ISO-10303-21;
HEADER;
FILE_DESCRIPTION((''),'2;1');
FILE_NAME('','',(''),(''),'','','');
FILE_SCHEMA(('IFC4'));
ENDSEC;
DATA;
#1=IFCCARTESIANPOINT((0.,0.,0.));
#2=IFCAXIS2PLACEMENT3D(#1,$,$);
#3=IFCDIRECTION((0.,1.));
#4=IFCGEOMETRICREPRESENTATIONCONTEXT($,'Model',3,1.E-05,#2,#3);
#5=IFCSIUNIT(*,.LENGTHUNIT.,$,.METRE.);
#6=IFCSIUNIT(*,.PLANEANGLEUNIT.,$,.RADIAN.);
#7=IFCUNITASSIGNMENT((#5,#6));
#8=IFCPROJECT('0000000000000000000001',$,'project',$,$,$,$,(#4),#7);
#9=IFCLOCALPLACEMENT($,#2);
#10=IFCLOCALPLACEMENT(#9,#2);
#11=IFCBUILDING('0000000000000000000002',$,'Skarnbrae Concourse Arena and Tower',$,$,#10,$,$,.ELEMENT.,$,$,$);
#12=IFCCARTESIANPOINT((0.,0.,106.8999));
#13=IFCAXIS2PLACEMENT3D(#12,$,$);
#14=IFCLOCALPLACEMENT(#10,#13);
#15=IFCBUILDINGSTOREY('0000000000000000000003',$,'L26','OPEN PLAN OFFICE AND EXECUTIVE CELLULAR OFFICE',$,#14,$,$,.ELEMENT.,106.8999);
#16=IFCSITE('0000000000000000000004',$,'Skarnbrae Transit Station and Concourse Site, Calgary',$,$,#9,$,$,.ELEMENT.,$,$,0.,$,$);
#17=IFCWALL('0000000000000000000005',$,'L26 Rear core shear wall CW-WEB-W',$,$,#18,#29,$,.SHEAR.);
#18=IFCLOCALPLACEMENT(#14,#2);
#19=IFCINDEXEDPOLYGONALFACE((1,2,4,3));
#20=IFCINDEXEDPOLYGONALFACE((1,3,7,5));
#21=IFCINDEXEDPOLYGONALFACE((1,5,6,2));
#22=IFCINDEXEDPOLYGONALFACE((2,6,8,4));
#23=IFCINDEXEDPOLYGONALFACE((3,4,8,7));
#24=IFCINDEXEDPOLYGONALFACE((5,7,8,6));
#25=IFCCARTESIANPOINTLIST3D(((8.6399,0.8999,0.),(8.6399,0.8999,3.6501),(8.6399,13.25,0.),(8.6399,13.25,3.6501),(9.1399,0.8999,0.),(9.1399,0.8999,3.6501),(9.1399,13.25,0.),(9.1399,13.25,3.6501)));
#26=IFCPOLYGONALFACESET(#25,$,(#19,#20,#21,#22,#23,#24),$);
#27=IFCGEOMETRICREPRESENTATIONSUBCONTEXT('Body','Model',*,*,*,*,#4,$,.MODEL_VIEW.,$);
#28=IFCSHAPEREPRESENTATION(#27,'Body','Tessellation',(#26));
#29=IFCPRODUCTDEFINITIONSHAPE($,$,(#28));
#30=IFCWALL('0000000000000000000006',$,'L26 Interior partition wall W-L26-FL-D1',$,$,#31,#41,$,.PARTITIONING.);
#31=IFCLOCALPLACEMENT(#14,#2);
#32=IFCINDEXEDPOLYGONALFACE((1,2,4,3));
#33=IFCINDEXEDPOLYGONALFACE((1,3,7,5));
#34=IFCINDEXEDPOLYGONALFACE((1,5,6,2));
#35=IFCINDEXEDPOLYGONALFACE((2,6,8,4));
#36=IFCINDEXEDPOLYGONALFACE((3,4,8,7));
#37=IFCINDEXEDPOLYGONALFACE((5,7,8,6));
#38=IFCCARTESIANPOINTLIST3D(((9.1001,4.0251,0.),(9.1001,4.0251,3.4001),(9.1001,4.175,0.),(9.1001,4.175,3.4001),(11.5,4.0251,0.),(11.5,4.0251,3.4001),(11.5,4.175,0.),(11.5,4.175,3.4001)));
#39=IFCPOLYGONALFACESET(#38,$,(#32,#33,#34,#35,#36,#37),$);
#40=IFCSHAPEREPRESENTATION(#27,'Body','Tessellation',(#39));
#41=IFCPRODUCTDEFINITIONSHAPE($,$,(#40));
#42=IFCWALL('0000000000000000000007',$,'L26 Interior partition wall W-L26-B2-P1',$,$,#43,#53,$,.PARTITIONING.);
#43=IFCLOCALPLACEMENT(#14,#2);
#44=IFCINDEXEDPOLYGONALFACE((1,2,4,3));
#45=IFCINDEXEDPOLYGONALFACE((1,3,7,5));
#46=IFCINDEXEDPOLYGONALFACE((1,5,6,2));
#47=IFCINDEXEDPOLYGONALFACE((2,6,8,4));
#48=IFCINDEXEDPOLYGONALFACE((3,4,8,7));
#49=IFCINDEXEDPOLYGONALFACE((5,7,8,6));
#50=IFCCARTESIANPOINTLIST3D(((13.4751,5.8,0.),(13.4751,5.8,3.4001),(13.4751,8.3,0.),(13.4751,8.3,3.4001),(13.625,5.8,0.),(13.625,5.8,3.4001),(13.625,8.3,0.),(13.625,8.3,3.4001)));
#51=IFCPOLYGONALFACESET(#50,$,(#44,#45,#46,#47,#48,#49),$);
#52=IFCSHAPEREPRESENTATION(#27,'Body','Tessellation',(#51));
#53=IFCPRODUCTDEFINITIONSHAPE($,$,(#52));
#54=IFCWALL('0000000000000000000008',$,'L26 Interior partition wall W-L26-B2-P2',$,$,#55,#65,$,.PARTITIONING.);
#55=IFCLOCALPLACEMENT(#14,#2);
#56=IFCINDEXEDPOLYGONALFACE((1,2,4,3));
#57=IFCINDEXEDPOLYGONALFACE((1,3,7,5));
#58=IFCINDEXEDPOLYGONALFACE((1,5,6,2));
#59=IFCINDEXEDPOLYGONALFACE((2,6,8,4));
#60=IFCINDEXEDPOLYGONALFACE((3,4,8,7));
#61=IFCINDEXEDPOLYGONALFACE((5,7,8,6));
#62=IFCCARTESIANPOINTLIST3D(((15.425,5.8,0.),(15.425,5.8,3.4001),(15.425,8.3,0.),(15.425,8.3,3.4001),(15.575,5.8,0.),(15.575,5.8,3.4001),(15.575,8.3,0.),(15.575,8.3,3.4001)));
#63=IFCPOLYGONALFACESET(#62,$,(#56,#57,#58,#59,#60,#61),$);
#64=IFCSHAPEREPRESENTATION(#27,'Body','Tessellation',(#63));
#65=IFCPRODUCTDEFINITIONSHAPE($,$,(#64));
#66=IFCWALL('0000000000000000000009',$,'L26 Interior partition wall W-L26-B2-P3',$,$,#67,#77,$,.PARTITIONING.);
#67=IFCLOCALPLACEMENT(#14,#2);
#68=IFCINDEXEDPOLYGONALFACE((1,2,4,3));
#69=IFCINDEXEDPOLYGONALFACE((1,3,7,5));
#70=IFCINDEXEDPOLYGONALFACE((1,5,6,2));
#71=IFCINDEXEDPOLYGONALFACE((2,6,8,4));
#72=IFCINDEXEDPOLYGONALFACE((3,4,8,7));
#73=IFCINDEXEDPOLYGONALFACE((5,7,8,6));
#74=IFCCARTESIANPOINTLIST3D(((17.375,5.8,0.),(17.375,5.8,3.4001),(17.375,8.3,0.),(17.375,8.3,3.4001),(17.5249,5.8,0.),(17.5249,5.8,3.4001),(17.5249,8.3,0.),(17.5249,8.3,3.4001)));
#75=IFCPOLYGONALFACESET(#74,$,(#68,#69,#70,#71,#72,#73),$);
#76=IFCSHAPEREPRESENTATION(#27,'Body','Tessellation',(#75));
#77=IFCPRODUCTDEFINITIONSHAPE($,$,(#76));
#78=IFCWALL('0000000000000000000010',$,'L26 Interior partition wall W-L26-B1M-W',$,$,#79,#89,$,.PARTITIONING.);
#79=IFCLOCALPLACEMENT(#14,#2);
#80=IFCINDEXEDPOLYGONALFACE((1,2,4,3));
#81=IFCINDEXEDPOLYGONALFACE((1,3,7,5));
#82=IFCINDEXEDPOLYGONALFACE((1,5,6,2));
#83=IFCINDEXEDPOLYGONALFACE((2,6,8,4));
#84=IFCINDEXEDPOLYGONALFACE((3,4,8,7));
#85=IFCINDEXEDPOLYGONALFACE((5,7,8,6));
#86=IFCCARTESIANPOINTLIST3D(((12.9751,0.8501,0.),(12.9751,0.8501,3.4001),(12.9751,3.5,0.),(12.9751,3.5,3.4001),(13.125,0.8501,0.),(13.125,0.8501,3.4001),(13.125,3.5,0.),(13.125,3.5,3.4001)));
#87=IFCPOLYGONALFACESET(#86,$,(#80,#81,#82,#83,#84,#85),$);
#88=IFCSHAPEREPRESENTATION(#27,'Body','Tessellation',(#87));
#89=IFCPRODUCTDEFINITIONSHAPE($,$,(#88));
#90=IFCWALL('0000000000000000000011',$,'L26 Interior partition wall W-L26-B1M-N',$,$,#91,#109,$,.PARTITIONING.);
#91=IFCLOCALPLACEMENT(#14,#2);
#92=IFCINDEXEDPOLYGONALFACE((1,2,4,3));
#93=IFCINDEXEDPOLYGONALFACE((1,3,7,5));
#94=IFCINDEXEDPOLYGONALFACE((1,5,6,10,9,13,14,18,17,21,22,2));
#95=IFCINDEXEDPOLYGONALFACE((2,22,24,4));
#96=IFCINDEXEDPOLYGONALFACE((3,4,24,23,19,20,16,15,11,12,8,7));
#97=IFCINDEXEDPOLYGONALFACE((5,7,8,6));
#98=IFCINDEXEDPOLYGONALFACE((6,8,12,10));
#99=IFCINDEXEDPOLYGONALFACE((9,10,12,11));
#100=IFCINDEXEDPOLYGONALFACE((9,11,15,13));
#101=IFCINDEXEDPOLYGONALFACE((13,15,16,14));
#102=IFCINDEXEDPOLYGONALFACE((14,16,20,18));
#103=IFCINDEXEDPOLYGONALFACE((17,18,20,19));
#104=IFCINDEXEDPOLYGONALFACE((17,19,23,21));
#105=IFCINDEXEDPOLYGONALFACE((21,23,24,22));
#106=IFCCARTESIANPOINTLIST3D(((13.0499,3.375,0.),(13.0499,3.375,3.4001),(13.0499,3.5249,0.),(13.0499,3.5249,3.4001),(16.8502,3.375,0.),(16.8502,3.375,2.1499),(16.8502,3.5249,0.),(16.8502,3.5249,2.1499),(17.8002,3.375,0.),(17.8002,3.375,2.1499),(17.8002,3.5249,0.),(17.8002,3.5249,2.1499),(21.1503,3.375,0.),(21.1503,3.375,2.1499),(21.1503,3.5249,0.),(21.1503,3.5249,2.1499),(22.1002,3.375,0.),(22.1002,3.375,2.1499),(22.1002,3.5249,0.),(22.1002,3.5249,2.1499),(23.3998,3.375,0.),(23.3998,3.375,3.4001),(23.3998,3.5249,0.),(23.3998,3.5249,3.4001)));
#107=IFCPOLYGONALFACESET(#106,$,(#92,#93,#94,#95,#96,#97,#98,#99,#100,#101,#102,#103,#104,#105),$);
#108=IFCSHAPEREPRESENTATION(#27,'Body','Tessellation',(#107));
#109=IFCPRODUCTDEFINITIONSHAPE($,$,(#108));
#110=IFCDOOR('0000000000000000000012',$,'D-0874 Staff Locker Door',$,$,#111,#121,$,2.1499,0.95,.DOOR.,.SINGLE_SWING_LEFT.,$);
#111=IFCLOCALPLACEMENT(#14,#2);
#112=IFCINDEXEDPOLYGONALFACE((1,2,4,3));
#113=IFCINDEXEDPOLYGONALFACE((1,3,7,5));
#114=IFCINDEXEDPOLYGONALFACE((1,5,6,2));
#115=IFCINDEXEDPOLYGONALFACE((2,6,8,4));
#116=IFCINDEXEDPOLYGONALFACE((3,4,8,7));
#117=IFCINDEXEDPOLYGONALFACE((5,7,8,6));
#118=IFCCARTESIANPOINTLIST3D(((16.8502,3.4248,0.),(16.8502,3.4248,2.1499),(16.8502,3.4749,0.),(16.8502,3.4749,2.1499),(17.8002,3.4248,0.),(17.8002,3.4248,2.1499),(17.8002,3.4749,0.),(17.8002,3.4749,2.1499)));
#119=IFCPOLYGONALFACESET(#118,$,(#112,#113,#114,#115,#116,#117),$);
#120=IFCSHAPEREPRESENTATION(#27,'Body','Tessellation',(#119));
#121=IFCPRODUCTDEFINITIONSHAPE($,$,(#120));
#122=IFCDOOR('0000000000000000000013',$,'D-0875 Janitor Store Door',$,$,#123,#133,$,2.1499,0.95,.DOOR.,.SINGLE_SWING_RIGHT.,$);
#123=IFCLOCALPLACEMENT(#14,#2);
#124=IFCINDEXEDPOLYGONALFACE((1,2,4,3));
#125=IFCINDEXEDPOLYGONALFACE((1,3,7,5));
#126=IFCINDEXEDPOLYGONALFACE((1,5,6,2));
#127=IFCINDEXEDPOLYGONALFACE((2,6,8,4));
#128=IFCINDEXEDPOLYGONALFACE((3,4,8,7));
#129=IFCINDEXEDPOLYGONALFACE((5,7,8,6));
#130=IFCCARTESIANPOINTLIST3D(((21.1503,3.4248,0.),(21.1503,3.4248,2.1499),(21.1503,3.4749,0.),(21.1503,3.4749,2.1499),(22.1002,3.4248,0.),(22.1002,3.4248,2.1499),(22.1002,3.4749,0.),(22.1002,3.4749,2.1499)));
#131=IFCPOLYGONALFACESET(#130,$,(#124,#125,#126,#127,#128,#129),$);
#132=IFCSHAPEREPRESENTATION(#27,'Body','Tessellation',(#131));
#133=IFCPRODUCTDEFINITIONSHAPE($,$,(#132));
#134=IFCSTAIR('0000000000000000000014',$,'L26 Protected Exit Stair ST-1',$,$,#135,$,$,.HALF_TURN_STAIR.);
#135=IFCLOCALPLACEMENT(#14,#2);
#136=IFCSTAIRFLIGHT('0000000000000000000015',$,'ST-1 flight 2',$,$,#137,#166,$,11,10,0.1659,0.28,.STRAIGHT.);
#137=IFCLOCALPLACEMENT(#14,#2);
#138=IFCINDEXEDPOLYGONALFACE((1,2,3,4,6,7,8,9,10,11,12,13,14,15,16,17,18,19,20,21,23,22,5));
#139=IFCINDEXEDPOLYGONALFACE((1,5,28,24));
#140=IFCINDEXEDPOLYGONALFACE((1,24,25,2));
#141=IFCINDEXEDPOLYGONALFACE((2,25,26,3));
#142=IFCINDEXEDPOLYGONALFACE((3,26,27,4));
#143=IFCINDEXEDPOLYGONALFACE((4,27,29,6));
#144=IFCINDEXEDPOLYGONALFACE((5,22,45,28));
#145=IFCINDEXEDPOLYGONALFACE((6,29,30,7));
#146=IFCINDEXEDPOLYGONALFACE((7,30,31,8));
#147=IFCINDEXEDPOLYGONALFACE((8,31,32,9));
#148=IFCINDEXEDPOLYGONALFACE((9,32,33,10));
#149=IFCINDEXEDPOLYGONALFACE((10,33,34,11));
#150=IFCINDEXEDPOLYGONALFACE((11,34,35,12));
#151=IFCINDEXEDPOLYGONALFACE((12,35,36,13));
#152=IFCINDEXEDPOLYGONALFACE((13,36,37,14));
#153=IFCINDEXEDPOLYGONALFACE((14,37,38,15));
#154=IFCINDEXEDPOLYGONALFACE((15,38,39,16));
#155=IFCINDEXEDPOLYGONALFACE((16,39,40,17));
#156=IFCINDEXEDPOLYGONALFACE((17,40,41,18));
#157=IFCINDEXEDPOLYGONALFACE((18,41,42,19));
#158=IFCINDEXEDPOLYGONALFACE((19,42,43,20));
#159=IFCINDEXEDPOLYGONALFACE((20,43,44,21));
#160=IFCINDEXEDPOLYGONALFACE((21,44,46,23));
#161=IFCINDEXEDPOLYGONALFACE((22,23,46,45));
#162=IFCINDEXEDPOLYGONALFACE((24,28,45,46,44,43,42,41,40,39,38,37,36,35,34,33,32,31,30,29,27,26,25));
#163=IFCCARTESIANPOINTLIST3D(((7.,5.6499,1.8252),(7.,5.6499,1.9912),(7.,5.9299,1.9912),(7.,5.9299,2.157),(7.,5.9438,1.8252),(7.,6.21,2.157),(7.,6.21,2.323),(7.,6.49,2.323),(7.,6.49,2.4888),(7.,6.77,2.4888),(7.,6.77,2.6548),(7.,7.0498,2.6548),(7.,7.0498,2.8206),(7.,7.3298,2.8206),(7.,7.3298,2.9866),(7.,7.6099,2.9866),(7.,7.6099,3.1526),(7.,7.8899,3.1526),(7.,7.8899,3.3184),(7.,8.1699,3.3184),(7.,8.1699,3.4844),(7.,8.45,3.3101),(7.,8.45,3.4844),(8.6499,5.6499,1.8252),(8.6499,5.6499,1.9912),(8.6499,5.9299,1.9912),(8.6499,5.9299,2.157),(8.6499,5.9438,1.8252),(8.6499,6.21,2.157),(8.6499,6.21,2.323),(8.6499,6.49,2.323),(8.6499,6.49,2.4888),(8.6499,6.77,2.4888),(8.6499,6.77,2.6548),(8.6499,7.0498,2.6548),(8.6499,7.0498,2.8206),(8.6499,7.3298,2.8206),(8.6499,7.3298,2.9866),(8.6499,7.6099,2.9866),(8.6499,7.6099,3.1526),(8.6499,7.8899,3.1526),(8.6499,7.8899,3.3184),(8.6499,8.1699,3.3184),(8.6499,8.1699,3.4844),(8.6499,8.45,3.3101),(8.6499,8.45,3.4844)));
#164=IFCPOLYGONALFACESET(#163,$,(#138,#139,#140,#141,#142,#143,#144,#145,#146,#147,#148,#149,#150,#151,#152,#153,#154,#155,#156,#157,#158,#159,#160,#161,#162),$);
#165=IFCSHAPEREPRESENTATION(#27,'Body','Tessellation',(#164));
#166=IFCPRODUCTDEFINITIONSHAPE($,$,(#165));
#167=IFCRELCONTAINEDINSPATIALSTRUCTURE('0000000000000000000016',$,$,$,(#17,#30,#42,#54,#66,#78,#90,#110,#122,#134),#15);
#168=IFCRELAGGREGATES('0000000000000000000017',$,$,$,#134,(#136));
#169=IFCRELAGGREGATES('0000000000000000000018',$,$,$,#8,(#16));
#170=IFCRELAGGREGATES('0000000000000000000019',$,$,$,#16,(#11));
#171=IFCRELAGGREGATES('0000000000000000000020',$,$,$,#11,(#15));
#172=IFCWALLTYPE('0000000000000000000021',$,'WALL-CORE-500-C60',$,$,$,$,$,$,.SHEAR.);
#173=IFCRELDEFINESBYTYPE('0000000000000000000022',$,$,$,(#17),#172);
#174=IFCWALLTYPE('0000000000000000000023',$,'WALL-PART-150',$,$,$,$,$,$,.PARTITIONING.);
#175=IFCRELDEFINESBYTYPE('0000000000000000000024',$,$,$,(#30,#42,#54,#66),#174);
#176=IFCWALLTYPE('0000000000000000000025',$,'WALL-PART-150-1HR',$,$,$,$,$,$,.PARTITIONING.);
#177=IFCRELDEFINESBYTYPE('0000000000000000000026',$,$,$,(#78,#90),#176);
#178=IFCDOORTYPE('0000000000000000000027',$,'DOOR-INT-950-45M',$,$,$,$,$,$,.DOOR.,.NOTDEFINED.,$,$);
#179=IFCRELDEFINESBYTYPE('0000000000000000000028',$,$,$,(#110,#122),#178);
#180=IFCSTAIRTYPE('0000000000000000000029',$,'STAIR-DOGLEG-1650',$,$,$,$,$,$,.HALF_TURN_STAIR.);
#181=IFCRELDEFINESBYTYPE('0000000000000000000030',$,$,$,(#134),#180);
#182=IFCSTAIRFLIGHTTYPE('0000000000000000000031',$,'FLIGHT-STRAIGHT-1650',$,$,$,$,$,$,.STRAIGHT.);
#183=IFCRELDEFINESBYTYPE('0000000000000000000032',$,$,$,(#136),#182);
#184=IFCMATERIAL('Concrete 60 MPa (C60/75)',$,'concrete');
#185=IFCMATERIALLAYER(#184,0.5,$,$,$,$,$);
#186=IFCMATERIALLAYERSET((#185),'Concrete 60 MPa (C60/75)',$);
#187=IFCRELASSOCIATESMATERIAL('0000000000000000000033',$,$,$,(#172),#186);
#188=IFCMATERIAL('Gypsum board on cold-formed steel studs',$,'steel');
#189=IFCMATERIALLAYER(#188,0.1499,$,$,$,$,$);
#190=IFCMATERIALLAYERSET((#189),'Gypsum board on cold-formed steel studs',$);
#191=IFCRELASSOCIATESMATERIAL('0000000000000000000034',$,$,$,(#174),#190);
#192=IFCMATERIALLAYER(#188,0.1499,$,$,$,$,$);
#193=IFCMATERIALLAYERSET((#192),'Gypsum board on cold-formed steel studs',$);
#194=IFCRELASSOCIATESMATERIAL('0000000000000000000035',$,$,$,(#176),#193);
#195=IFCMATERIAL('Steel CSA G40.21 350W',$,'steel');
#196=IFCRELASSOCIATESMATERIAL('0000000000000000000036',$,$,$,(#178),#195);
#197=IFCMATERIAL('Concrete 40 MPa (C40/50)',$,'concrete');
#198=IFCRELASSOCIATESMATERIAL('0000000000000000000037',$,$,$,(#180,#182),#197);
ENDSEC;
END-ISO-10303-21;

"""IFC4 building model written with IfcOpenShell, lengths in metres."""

from ifc_helpers import new_model, si_unit, direction, frame, frame_2d, origin, place, context, subcontext, project, spatial, polyline, rectangle, outline, extrude, source, transform, mapped, material, layer, layer_set, type_object, element, fill, aggregate, save


model = new_model("IFC4")

# Units and contexts
model_context = context("Model", 3, precision=1e-05, world=origin(), true_north=direction((0.0, 1.0)))
body_context = subcontext(model_context, "Body", "Model", "MODEL_VIEW")
ifc_project = project(units=[si_unit("LENGTHUNIT", "METRE"), si_unit("PLANEANGLEUNIT", "RADIAN")], contexts=[model_context])

# Site, building, storey
site_placement = place(None, origin())
site = spatial("IfcSite", under=ifc_project, at=site_placement, Name="Skarnbrae Transit Station and Concourse Site, Calgary", CompositionType="ELEMENT", RefElevation=0.0)
building_placement = place(site_placement, origin())
building = spatial("IfcBuilding", under=site, at=building_placement, Name="Skarnbrae Concourse Arena and Tower", CompositionType="ELEMENT")
storey_placement = place(building_placement, frame((0.0, 0.0, 106.8999)))
storey = spatial("IfcBuildingStorey", under=building, at=storey_placement, Name="L26", Description="OPEN PLAN OFFICE AND EXECUTIVE CELLULAR OFFICE", CompositionType="ELEMENT", Elevation=106.8999)

# Wall
ifc_material_1 = material(Name="Concrete 60 MPa (C60/75)", Category="concrete")
ifc_layer_1 = layer(ifc_material_1, 0.5)
ifc_layer_set_1 = layer_set([ifc_layer_1], Name="Concrete 60 MPa (C60/75)")
wall_type_1 = type_object("IfcWallType", Name="WALL-CORE-500-C60", PredefinedType="SHEAR", material=ifc_layer_set_1)
shared_shape_1 = source(origin(), body_context, "Body", "SweptSolid", [
    extrude(rectangle(XDim=12.3501, YDim=0.5, at=frame_2d((6.175, 0.0))), origin(), (0.0, 0.0, 1.0), 3.6501),
])
wall_1_placement = place(storey_placement, frame((8.8899, 0.8999, 0.0), z_axis=(0.0, 0.0, 1.0), x_axis=(0.0, 1.0, 0.0)))
element("IfcWall", 1, at=wall_1_placement, inside=storey, type_object=wall_type_1, Name="L26 Rear core shear wall CW-WEB-W", PredefinedType="SHEAR", context=body_context, shape_type="MappedRepresentation", body=[
    mapped(shared_shape_1, transform((0.0, 0.0, 0.0))),
])

# Shared definitions
ifc_material_2 = material(Name="Gypsum board on cold-formed steel studs", Category="steel")
ifc_material_3 = material(Name="Steel CSA G40.21 350W", Category="steel")

# Wall
ifc_layer_2 = layer(ifc_material_2, 0.1499)
ifc_layer_set_2 = layer_set([ifc_layer_2], Name="Gypsum board on cold-formed steel studs")
wall_type_2 = type_object("IfcWallType", Name="WALL-PART-150", PredefinedType="PARTITIONING", material=ifc_layer_set_2)
shared_shape_2 = source(origin(), body_context, "Body", "SweptSolid", [
    extrude(rectangle(XDim=2.3999, YDim=0.1499, at=frame_2d((1.2, 0.0))), origin(), (0.0, 0.0, 1.0), 3.4001),
])
wall_2_placement = place(storey_placement, frame((9.1001, 4.1001, 0.0), z_axis=(0.0, 0.0, 1.0), x_axis=(1.0, 0.0, 0.0)))
element("IfcWall", 2, at=wall_2_placement, inside=storey, type_object=wall_type_2, Name="L26 Interior partition wall W-L26-FL-D1", PredefinedType="PARTITIONING", context=body_context, shape_type="MappedRepresentation", body=[
    mapped(shared_shape_2, transform((0.0, 0.0, 0.0))),
])

# Walls
shared_shape_3 = source(origin(), body_context, "Body", "SweptSolid", [
    extrude(rectangle(XDim=2.5, YDim=0.1499, at=frame_2d((1.25, 0.0))), origin(), (0.0, 0.0, 1.0), 3.4001),
])
for number, where, z_axis, x_axis, name in (
    (3, (13.55, 5.8, 0.0), (0.0, 0.0, 1.0), (0.0, 1.0, 0.0), "L26 Interior partition wall W-L26-B2-P1"),
    (4, (15.5, 5.8, 0.0), (0.0, 0.0, 1.0), (0.0, 1.0, 0.0), "L26 Interior partition wall W-L26-B2-P2"),
    (5, (17.45, 5.8, 0.0), (0.0, 0.0, 1.0), (0.0, 1.0, 0.0), "L26 Interior partition wall W-L26-B2-P3"),
):
    element("IfcWall", number, at=place(storey_placement, frame(where, z_axis=z_axis, x_axis=x_axis)), inside=storey, type_object=wall_type_2, Name=name, PredefinedType="PARTITIONING", context=body_context, shape_type="MappedRepresentation", body=[
        mapped(shared_shape_3, transform((0.0, 0.0, 0.0))),
    ])
ifc_layer_3 = layer(ifc_material_2, 0.1499)
ifc_layer_set_3 = layer_set([ifc_layer_3], Name="Gypsum board on cold-formed steel studs")
wall_type_3 = type_object("IfcWallType", Name="WALL-PART-150-1HR", PredefinedType="PARTITIONING", material=ifc_layer_set_3)
shared_shape_4 = source(origin(), body_context, "Body", "SweptSolid", [
    extrude(rectangle(XDim=2.6499, YDim=0.1499, at=frame_2d((1.325, 0.0))), origin(), (0.0, 0.0, 1.0), 3.4001),
])
wall_3_placement = place(storey_placement, frame((13.05, 0.8501, 0.0), z_axis=(0.0, 0.0, 1.0), x_axis=(0.0, 1.0, 0.0)))
element("IfcWall", 6, at=wall_3_placement, inside=storey, type_object=wall_type_3, Name="L26 Interior partition wall W-L26-B1M-W", PredefinedType="PARTITIONING", context=body_context, shape_type="MappedRepresentation", body=[
    mapped(shared_shape_4, transform((0.0, 0.0, 0.0))),
])

# Wall, openings, doors
shared_shape_5 = source(origin(), body_context, "Body", "SweptSolid", [
    extrude(rectangle(XDim=10.3499, YDim=0.1499, at=frame_2d((5.1748, 0.0))), origin(), (0.0, 0.0, 1.0), 3.4001),
])
wall_4_placement = place(storey_placement, frame((13.05, 3.45, 0.0), z_axis=(0.0, 0.0, 1.0), x_axis=(1.0, 0.0, 0.0)))
wall_4 = element("IfcWall", 7, at=wall_4_placement, inside=storey, type_object=wall_type_3, Name="L26 Interior partition wall W-L26-B1M-N", PredefinedType="PARTITIONING", context=body_context, shape_type="MappedRepresentation", body=[
    mapped(shared_shape_5, transform((0.0, 0.0, 0.0))),
])
opening_1_placement = place(wall_4_placement, frame((3.8, 0.0, 0.0)))
opening_1 = element("IfcOpeningElement", 8, at=opening_1_placement, cuts=wall_4, PredefinedType="OPENING", context=body_context, shape_type="SweptSolid", body=[
    extrude(rectangle(XDim=0.95, YDim=2.1499, at=frame_2d((0.4751, 1.075))), frame((0.0, 0.085, 0.0), z_axis=(0.0, -1.0, 0.0), x_axis=(1.0, 0.0, 0.0)), (0.0, 0.0, 1.0), 0.1699),
])
opening_2_placement = place(wall_4_placement, frame((8.1001, 0.0, 0.0)))
opening_2 = element("IfcOpeningElement", 9, at=opening_2_placement, cuts=wall_4, PredefinedType="OPENING", context=body_context, shape_type="SweptSolid", body=[
    extrude(rectangle(XDim=0.95, YDim=2.1499, at=frame_2d((0.4751, 1.075))), frame((0.0, 0.085, 0.0), z_axis=(0.0, -1.0, 0.0), x_axis=(1.0, 0.0, 0.0)), (0.0, 0.0, 1.0), 0.1699),
])
door_type_1 = type_object("IfcDoorType", Name="DOOR-INT-950-45M", OperationType="NOTDEFINED", PredefinedType="DOOR", material=ifc_material_3)
shared_shape_6 = source(origin(), body_context, "Body", "SweptSolid", [
    extrude(rectangle(XDim=0.95, YDim=2.1499, at=frame_2d((0.4751, 1.075))), frame((0.0, 0.0249, 0.0), z_axis=(0.0, -1.0, 0.0), x_axis=(1.0, 0.0, 0.0)), (0.0, 0.0, 1.0), 0.05),
])
door_1_placement = place(opening_1_placement, origin())
door_1 = element("IfcDoor", 10, at=door_1_placement, inside=storey, type_object=door_type_1, Name="D-0874 Staff Locker Door", OperationType="SINGLE_SWING_LEFT", OverallHeight=2.1499, OverallWidth=0.95, PredefinedType="DOOR", context=body_context, shape_type="MappedRepresentation", body=[
    mapped(shared_shape_6, transform((0.0, 0.0, 0.0))),
])
fill(opening_1, door_1)
door_2_placement = place(opening_2_placement, origin())
door_2 = element("IfcDoor", 11, at=door_2_placement, inside=storey, type_object=door_type_1, Name="D-0875 Janitor Store Door", OperationType="SINGLE_SWING_RIGHT", OverallHeight=2.1499, OverallWidth=0.95, PredefinedType="DOOR", context=body_context, shape_type="MappedRepresentation", body=[
    mapped(shared_shape_6, transform((0.0, 0.0, 0.0))),
])
fill(opening_2, door_2)

# Stair, stair flight
ifc_material_4 = material(Name="Concrete 40 MPa (C40/50)", Category="concrete")
stair_type = type_object("IfcStairType", Name="STAIR-DOGLEG-1650", PredefinedType="HALF_TURN_STAIR", material=ifc_material_4)
stair_placement = place(storey_placement, origin())
stair = element("IfcStair", 12, at=stair_placement, inside=storey, type_object=stair_type, Name="L26 Protected Exit Stair ST-1", PredefinedType="HALF_TURN_STAIR")
stair_flight_type = type_object("IfcStairFlightType", Name="FLIGHT-STRAIGHT-1650", PredefinedType="STRAIGHT", material=ifc_material_4)
shared_shape_7 = source(origin(), body_context, "Body", "SweptSolid", [
    extrude(outline(polyline([(0.0, 0.0), (0.0, 0.166), (0.28, 0.166), (0.28, 0.3318), (0.5601, 0.3318), (0.5601, 0.4978), (0.8401, 0.4978), (0.8401, 0.6636), (1.1201, 0.6636), (1.1201, 0.8296), (1.3999, 0.8296), (1.3999, 0.9954), (1.6799, 0.9954), (1.6799, 1.1614), (1.96, 1.1614), (1.96, 1.3274), (2.24, 1.3274), (2.24, 1.4932), (2.52, 1.4932), (2.52, 1.6592), (2.8, 1.6592), (2.8, 1.825), (2.8, 1.4849), (0.2939, 0.0), (0.0, 0.0)])), frame((0.0, 0.825, 0.0), z_axis=(0.0, -1.0, 0.0), x_axis=(1.0, 0.0, 0.0)), (0.0, 0.0, 1.0), 1.6499),
])
stair_flight_placement = place(storey_placement, frame((7.825, 5.6499, 1.8252), z_axis=(0.0, 0.0, 1.0), x_axis=(0.0, 1.0, 0.0)))
stair_flight = element("IfcStairFlight", 13, at=stair_flight_placement, type_object=stair_flight_type, Name="ST-1 flight 2", NumberOfRisers=11, NumberOfTreads=10, PredefinedType="STRAIGHT", RiserHeight=0.1659, TreadLength=0.28, context=body_context, shape_type="MappedRepresentation", body=[
    mapped(shared_shape_7, transform((0.0, 0.0, 0.0))),
])
aggregate(stair, [stair_flight])

save(model, "model.ifc")
